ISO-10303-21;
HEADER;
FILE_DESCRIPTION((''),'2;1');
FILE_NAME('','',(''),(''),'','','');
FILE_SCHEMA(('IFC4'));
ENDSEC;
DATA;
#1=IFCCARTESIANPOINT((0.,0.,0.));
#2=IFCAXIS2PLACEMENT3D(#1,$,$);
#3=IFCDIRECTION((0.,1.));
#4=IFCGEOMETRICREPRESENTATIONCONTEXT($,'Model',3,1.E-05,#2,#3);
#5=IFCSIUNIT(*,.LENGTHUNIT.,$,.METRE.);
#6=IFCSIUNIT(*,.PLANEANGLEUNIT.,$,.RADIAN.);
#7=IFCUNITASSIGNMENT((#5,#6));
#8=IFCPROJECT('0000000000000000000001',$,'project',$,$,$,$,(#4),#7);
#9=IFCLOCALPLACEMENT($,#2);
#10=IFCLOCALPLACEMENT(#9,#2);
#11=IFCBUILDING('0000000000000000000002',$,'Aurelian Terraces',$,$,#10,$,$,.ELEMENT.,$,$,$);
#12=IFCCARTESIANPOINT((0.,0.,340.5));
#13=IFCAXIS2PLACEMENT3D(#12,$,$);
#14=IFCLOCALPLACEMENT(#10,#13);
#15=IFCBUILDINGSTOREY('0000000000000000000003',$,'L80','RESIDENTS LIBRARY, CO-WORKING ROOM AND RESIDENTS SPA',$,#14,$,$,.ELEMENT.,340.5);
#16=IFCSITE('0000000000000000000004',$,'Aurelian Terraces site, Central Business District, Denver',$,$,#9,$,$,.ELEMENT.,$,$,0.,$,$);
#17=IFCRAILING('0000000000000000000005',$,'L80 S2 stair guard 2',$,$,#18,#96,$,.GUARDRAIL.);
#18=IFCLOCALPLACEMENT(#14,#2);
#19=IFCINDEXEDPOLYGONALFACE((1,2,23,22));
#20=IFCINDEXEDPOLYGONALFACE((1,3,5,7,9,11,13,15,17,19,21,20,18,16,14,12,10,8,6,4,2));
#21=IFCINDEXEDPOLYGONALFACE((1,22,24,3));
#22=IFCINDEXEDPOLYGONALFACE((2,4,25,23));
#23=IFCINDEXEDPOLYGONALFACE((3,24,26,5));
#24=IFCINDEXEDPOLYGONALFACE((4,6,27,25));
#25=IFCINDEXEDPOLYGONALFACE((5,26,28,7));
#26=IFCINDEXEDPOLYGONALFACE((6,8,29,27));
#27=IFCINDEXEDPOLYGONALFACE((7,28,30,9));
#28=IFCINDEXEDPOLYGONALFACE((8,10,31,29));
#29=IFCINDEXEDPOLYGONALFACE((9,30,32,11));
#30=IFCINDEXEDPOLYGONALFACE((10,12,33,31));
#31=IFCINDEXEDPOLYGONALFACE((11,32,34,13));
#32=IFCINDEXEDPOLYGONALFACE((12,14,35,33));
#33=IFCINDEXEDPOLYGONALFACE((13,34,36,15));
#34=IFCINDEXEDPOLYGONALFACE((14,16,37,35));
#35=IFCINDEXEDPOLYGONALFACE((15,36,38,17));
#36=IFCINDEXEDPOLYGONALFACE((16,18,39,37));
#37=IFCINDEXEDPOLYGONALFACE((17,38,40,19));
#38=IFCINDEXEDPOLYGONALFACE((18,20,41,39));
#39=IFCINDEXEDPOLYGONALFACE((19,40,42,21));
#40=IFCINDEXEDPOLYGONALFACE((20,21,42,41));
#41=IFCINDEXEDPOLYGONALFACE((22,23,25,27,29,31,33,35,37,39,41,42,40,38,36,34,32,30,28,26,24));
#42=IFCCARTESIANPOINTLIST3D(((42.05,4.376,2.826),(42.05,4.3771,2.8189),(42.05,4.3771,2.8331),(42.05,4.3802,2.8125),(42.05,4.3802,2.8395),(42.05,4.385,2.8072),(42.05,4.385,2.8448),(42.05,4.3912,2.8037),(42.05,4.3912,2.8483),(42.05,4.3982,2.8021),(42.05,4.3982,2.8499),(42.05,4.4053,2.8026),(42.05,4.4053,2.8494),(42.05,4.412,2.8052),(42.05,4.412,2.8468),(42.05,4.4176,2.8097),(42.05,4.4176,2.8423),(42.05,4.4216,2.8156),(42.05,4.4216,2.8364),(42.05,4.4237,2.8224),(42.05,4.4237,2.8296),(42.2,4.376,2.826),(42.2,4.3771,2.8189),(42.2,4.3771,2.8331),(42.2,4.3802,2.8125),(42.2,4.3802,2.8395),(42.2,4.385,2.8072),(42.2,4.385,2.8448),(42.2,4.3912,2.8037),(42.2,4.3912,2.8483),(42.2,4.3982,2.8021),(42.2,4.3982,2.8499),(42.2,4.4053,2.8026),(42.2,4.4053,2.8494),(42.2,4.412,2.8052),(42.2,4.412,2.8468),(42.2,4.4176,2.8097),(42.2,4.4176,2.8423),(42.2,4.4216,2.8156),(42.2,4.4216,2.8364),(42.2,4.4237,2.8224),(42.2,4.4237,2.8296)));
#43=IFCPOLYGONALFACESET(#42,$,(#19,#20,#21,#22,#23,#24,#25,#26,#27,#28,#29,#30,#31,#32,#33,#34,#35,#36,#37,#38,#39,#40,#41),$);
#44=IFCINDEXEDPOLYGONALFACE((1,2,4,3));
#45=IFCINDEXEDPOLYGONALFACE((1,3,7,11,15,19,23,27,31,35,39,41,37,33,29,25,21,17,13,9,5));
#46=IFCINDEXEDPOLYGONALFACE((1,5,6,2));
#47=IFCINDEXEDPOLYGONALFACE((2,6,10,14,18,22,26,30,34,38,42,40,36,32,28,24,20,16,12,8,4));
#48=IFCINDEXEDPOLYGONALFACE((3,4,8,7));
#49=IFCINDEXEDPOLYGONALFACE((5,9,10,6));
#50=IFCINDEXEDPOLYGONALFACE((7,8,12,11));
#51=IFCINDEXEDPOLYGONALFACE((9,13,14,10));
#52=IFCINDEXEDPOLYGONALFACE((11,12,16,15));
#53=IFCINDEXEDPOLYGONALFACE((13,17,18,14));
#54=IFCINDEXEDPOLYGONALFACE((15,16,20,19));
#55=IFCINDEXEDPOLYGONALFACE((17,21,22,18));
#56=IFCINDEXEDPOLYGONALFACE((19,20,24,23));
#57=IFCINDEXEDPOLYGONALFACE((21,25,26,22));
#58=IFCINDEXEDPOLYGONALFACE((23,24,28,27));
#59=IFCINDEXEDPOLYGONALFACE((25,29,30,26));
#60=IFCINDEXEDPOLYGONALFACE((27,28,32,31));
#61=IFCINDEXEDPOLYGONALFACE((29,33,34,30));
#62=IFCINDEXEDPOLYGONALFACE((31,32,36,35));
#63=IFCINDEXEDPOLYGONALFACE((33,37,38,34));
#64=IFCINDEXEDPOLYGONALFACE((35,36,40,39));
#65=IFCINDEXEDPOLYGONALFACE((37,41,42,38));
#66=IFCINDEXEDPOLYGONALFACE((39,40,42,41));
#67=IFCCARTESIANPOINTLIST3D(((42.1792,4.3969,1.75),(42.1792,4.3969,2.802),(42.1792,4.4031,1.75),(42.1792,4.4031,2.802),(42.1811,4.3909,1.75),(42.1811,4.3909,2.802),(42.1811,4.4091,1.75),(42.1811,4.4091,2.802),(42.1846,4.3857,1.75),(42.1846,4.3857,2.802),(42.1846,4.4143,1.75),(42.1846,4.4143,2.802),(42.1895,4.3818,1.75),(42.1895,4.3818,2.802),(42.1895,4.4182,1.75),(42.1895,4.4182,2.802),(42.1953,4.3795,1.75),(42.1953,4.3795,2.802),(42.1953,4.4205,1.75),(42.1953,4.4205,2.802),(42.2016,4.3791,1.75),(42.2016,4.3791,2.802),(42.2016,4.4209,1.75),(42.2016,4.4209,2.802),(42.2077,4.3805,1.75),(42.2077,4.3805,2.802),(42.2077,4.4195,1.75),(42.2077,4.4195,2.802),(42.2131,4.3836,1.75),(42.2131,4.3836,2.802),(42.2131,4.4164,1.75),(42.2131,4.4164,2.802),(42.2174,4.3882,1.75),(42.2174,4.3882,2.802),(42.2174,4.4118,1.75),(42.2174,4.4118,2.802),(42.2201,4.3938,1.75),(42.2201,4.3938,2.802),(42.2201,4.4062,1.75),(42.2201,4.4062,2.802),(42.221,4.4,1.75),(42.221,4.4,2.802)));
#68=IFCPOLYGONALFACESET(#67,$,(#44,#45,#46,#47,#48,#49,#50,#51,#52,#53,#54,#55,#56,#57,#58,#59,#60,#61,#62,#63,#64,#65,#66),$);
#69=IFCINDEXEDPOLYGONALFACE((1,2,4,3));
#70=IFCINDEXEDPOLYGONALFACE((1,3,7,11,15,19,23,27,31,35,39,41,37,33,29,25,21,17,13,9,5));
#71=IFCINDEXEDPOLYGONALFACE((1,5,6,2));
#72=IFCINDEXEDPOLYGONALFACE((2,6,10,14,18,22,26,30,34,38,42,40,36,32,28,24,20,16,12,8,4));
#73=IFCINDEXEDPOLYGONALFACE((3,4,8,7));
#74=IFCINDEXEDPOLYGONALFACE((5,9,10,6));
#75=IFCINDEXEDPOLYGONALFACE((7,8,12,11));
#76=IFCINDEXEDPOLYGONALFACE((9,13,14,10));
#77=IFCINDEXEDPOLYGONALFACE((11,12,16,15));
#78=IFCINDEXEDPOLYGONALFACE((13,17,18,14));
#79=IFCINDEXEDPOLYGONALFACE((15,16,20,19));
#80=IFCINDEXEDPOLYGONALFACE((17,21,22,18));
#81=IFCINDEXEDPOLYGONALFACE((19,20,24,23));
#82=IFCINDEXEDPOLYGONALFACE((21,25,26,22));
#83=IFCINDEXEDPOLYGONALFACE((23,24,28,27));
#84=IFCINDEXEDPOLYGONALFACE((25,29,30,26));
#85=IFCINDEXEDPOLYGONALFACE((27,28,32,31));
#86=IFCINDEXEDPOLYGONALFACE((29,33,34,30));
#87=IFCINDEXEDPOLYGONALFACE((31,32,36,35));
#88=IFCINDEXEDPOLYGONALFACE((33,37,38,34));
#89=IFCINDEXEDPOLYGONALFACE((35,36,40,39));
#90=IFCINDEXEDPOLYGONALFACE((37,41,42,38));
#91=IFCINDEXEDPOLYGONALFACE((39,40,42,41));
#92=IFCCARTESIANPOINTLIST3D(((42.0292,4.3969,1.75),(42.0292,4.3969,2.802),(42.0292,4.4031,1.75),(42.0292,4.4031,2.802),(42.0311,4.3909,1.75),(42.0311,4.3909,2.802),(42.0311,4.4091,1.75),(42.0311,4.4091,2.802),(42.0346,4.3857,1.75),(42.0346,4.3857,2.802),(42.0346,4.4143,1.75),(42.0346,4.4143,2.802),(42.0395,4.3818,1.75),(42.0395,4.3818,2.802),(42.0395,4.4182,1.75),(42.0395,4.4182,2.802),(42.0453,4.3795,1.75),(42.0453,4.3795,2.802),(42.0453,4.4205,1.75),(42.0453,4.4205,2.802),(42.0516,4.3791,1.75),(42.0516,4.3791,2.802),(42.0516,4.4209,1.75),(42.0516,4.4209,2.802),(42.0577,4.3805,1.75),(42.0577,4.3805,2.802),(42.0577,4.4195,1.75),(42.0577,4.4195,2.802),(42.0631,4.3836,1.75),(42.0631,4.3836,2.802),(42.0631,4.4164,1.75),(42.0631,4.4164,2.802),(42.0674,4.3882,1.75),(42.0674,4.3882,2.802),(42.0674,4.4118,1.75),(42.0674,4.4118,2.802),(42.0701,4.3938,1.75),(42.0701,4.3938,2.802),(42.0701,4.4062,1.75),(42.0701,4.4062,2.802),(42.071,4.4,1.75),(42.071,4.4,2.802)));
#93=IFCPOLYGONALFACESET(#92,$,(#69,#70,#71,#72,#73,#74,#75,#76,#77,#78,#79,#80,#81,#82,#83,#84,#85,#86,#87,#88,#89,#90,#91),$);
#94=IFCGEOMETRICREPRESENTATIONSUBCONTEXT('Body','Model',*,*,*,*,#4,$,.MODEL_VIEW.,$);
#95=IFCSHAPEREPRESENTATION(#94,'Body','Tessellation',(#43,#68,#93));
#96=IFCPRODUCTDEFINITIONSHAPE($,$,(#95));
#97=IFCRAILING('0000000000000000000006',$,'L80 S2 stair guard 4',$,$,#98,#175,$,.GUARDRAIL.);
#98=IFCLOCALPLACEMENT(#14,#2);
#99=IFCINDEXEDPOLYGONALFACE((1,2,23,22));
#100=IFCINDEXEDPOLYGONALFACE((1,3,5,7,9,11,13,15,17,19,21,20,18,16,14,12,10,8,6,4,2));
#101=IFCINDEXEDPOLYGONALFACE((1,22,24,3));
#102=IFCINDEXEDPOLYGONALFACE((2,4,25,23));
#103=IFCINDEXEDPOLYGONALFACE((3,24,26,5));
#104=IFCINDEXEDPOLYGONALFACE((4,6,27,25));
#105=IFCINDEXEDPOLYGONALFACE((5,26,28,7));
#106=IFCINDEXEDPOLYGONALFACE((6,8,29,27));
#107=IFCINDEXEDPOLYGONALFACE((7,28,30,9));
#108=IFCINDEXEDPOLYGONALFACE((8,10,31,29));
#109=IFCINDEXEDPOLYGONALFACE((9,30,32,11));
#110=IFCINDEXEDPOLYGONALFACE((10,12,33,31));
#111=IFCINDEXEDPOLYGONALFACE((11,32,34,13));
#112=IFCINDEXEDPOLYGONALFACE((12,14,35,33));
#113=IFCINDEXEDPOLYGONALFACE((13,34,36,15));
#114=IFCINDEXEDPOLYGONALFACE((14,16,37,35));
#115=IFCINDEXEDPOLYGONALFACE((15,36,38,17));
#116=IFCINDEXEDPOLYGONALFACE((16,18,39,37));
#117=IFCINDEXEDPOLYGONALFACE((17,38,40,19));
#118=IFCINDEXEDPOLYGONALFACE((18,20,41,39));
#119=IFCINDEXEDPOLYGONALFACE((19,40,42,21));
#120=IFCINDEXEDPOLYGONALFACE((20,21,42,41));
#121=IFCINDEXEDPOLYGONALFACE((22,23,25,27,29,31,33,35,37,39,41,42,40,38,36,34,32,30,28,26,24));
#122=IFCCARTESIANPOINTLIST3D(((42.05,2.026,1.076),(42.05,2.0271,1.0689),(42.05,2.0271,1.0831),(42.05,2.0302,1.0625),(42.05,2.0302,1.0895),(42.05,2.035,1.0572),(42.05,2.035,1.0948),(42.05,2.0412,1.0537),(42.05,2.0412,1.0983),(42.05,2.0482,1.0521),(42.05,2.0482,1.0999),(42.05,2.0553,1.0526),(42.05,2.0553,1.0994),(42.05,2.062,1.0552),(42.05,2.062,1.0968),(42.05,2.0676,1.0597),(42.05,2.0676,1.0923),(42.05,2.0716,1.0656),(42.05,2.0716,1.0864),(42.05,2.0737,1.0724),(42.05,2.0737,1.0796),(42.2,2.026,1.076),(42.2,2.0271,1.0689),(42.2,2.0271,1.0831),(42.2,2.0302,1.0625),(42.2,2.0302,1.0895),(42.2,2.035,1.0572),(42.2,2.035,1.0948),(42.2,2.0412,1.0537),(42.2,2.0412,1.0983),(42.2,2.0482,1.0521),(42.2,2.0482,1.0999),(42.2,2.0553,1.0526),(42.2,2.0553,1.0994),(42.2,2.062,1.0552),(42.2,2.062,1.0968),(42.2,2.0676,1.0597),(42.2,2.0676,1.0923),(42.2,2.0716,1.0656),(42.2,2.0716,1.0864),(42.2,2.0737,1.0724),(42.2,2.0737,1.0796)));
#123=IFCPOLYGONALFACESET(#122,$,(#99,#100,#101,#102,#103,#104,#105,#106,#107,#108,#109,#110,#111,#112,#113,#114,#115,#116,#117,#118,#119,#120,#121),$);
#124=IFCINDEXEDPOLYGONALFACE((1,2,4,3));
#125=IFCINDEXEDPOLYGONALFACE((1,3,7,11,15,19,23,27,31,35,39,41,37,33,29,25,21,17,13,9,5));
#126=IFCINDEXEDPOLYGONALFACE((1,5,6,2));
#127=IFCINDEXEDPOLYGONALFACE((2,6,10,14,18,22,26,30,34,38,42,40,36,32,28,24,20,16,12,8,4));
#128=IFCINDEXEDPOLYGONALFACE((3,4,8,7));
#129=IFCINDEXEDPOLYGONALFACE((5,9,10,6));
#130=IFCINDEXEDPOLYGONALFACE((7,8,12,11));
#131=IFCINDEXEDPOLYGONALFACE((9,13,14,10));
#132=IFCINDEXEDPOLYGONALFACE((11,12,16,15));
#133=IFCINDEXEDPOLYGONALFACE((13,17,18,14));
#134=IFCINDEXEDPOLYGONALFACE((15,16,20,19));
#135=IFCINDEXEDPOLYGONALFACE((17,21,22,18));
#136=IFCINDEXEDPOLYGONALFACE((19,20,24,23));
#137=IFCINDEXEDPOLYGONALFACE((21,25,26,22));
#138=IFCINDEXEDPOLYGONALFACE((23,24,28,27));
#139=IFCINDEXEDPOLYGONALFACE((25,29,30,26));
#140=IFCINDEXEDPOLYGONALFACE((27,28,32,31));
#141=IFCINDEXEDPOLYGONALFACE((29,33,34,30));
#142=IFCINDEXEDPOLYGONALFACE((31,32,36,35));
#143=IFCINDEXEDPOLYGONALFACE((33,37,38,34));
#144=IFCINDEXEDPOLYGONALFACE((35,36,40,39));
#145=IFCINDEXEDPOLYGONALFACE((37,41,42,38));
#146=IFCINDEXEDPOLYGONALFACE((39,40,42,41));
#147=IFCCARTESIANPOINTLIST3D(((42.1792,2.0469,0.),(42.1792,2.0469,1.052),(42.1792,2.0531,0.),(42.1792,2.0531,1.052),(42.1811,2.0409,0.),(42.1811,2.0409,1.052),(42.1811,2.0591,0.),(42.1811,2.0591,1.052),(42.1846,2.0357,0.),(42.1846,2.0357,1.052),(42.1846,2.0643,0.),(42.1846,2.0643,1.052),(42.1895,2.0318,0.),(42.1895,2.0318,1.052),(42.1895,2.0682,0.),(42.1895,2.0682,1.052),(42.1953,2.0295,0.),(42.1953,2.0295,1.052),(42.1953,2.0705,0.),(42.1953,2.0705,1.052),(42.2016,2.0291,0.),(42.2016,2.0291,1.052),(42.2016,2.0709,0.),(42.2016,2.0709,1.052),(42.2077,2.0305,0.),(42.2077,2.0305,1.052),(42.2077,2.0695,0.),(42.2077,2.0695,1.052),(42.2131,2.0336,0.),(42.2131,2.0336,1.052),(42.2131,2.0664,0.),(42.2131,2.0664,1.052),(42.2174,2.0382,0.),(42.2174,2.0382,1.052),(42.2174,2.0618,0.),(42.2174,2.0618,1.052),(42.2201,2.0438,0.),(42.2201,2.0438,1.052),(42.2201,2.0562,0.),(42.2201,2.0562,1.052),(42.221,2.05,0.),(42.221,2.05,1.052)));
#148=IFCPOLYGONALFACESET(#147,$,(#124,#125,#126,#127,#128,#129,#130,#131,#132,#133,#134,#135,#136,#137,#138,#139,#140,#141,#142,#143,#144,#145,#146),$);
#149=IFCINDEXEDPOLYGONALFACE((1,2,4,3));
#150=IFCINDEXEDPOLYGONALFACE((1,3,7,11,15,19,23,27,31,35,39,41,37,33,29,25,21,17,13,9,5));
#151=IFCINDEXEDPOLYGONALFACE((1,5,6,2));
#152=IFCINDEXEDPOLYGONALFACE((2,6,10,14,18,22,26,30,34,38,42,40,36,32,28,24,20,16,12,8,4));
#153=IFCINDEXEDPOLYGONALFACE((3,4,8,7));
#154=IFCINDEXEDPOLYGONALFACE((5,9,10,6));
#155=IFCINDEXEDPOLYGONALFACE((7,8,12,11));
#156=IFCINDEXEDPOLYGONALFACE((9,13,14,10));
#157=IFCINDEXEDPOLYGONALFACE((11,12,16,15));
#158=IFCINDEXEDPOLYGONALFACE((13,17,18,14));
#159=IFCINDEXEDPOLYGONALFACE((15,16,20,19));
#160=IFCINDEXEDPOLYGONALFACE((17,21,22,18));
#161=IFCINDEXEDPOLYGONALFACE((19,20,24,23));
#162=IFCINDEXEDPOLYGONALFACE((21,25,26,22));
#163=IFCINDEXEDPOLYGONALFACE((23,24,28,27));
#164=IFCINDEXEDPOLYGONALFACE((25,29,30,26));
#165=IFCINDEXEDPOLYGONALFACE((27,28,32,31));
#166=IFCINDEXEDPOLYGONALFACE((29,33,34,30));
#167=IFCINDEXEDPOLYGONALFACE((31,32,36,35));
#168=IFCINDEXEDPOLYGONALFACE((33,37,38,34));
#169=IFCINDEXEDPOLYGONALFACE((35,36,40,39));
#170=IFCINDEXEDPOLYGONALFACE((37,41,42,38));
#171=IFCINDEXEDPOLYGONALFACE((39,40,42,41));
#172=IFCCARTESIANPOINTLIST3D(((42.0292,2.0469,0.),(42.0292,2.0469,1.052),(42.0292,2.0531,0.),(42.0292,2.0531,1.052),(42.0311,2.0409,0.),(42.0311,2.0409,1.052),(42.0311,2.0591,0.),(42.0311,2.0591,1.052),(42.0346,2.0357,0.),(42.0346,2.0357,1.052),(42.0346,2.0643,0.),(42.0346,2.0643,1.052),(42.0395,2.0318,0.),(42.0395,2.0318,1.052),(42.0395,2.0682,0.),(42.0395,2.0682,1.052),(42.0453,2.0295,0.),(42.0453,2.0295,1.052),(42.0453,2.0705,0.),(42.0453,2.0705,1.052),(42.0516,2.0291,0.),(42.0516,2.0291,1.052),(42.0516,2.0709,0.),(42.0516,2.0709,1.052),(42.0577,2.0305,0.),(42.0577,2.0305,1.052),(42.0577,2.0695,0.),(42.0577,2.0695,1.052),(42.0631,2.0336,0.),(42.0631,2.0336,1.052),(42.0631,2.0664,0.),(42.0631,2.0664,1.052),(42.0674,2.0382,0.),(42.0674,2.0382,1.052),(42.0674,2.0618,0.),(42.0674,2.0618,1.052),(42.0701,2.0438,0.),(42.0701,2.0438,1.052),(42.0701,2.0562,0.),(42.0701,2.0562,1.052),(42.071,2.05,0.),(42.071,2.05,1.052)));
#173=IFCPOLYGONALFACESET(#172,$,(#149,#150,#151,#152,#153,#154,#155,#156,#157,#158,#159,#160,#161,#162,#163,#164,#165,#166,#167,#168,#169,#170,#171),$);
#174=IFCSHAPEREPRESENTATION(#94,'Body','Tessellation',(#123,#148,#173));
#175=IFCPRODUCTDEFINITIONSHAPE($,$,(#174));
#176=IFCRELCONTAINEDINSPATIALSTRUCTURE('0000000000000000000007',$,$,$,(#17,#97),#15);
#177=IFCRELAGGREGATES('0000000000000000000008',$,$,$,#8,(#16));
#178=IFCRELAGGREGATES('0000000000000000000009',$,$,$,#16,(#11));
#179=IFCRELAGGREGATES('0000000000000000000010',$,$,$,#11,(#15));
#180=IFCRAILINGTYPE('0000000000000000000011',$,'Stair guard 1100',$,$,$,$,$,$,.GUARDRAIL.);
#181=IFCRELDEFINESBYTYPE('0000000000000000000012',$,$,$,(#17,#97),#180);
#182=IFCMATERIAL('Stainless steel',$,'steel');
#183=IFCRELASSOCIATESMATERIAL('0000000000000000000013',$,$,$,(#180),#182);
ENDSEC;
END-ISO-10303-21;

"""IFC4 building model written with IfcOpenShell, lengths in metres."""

from ifc_helpers import new_model, si_unit, direction, frame, origin, origin_2d, place, context, subcontext, project, spatial, circle, extrude, source, transform, mapped, material, type_object, element, save


model = new_model("IFC4")

# Units and contexts
model_context = context("Model", 3, precision=1e-05, world=origin(), true_north=direction((0.0, 1.0)))
body_context = subcontext(model_context, "Body", "Model", "MODEL_VIEW")
ifc_project = project(units=[si_unit("LENGTHUNIT", "METRE"), si_unit("PLANEANGLEUNIT", "RADIAN")], contexts=[model_context])

# Site, building, storey
site_placement = place(None, origin())
site = spatial("IfcSite", under=ifc_project, at=site_placement, Name="Aurelian Terraces site, Central Business District, Denver", CompositionType="ELEMENT", RefElevation=0.0)
building_placement = place(site_placement, origin())
building = spatial("IfcBuilding", under=site, at=building_placement, Name="Aurelian Terraces", CompositionType="ELEMENT")
storey_placement = place(building_placement, frame((0.0, 0.0, 340.5)))
storey = spatial("IfcBuildingStorey", under=building, at=storey_placement, Name="L80", Description="RESIDENTS LIBRARY, CO-WORKING ROOM AND RESIDENTS SPA", CompositionType="ELEMENT", Elevation=340.5)

# Railings
ifc_material_1 = material(Name="Stainless steel", Category="steel")
railing_type_1 = type_object("IfcRailingType", Name="Stair guard 1100", PredefinedType="GUARDRAIL", material=ifc_material_1)
shared_shape_1 = source(origin(), body_context, "Body", "SweptSolid", [
    extrude(circle(Radius=0.024, at=origin_2d()), frame((0.0, 0.0, 1.076), z_axis=(-1.0, 0.0, 0.0), x_axis=(0.0, -1.0, 0.0)), (0.0, 0.0, 1.0), 0.15),
    extrude(circle(Radius=0.021, at=origin_2d()), origin(), (0.0, 0.0, 1.0), 1.052),
    extrude(circle(Radius=0.021, at=origin_2d()), frame((-0.15, 0.0, 0.0)), (0.0, 0.0, 1.0), 1.052),
])
for number, where, name in (
    (1, (42.2, 4.4, 1.75), "L80 S2 stair guard 2"),
    (2, (42.2, 2.05, 0.0), "L80 S2 stair guard 4"),
):
    element("IfcRailing", number, at=place(storey_placement, frame(where)), inside=storey, type_object=railing_type_1, Name=name, PredefinedType="GUARDRAIL", context=body_context, shape_type="MappedRepresentation", body=[
        mapped(shared_shape_1, transform((0.0, 0.0, 0.0), scale=1.0)),
    ])

save(model, "model.ifc")
